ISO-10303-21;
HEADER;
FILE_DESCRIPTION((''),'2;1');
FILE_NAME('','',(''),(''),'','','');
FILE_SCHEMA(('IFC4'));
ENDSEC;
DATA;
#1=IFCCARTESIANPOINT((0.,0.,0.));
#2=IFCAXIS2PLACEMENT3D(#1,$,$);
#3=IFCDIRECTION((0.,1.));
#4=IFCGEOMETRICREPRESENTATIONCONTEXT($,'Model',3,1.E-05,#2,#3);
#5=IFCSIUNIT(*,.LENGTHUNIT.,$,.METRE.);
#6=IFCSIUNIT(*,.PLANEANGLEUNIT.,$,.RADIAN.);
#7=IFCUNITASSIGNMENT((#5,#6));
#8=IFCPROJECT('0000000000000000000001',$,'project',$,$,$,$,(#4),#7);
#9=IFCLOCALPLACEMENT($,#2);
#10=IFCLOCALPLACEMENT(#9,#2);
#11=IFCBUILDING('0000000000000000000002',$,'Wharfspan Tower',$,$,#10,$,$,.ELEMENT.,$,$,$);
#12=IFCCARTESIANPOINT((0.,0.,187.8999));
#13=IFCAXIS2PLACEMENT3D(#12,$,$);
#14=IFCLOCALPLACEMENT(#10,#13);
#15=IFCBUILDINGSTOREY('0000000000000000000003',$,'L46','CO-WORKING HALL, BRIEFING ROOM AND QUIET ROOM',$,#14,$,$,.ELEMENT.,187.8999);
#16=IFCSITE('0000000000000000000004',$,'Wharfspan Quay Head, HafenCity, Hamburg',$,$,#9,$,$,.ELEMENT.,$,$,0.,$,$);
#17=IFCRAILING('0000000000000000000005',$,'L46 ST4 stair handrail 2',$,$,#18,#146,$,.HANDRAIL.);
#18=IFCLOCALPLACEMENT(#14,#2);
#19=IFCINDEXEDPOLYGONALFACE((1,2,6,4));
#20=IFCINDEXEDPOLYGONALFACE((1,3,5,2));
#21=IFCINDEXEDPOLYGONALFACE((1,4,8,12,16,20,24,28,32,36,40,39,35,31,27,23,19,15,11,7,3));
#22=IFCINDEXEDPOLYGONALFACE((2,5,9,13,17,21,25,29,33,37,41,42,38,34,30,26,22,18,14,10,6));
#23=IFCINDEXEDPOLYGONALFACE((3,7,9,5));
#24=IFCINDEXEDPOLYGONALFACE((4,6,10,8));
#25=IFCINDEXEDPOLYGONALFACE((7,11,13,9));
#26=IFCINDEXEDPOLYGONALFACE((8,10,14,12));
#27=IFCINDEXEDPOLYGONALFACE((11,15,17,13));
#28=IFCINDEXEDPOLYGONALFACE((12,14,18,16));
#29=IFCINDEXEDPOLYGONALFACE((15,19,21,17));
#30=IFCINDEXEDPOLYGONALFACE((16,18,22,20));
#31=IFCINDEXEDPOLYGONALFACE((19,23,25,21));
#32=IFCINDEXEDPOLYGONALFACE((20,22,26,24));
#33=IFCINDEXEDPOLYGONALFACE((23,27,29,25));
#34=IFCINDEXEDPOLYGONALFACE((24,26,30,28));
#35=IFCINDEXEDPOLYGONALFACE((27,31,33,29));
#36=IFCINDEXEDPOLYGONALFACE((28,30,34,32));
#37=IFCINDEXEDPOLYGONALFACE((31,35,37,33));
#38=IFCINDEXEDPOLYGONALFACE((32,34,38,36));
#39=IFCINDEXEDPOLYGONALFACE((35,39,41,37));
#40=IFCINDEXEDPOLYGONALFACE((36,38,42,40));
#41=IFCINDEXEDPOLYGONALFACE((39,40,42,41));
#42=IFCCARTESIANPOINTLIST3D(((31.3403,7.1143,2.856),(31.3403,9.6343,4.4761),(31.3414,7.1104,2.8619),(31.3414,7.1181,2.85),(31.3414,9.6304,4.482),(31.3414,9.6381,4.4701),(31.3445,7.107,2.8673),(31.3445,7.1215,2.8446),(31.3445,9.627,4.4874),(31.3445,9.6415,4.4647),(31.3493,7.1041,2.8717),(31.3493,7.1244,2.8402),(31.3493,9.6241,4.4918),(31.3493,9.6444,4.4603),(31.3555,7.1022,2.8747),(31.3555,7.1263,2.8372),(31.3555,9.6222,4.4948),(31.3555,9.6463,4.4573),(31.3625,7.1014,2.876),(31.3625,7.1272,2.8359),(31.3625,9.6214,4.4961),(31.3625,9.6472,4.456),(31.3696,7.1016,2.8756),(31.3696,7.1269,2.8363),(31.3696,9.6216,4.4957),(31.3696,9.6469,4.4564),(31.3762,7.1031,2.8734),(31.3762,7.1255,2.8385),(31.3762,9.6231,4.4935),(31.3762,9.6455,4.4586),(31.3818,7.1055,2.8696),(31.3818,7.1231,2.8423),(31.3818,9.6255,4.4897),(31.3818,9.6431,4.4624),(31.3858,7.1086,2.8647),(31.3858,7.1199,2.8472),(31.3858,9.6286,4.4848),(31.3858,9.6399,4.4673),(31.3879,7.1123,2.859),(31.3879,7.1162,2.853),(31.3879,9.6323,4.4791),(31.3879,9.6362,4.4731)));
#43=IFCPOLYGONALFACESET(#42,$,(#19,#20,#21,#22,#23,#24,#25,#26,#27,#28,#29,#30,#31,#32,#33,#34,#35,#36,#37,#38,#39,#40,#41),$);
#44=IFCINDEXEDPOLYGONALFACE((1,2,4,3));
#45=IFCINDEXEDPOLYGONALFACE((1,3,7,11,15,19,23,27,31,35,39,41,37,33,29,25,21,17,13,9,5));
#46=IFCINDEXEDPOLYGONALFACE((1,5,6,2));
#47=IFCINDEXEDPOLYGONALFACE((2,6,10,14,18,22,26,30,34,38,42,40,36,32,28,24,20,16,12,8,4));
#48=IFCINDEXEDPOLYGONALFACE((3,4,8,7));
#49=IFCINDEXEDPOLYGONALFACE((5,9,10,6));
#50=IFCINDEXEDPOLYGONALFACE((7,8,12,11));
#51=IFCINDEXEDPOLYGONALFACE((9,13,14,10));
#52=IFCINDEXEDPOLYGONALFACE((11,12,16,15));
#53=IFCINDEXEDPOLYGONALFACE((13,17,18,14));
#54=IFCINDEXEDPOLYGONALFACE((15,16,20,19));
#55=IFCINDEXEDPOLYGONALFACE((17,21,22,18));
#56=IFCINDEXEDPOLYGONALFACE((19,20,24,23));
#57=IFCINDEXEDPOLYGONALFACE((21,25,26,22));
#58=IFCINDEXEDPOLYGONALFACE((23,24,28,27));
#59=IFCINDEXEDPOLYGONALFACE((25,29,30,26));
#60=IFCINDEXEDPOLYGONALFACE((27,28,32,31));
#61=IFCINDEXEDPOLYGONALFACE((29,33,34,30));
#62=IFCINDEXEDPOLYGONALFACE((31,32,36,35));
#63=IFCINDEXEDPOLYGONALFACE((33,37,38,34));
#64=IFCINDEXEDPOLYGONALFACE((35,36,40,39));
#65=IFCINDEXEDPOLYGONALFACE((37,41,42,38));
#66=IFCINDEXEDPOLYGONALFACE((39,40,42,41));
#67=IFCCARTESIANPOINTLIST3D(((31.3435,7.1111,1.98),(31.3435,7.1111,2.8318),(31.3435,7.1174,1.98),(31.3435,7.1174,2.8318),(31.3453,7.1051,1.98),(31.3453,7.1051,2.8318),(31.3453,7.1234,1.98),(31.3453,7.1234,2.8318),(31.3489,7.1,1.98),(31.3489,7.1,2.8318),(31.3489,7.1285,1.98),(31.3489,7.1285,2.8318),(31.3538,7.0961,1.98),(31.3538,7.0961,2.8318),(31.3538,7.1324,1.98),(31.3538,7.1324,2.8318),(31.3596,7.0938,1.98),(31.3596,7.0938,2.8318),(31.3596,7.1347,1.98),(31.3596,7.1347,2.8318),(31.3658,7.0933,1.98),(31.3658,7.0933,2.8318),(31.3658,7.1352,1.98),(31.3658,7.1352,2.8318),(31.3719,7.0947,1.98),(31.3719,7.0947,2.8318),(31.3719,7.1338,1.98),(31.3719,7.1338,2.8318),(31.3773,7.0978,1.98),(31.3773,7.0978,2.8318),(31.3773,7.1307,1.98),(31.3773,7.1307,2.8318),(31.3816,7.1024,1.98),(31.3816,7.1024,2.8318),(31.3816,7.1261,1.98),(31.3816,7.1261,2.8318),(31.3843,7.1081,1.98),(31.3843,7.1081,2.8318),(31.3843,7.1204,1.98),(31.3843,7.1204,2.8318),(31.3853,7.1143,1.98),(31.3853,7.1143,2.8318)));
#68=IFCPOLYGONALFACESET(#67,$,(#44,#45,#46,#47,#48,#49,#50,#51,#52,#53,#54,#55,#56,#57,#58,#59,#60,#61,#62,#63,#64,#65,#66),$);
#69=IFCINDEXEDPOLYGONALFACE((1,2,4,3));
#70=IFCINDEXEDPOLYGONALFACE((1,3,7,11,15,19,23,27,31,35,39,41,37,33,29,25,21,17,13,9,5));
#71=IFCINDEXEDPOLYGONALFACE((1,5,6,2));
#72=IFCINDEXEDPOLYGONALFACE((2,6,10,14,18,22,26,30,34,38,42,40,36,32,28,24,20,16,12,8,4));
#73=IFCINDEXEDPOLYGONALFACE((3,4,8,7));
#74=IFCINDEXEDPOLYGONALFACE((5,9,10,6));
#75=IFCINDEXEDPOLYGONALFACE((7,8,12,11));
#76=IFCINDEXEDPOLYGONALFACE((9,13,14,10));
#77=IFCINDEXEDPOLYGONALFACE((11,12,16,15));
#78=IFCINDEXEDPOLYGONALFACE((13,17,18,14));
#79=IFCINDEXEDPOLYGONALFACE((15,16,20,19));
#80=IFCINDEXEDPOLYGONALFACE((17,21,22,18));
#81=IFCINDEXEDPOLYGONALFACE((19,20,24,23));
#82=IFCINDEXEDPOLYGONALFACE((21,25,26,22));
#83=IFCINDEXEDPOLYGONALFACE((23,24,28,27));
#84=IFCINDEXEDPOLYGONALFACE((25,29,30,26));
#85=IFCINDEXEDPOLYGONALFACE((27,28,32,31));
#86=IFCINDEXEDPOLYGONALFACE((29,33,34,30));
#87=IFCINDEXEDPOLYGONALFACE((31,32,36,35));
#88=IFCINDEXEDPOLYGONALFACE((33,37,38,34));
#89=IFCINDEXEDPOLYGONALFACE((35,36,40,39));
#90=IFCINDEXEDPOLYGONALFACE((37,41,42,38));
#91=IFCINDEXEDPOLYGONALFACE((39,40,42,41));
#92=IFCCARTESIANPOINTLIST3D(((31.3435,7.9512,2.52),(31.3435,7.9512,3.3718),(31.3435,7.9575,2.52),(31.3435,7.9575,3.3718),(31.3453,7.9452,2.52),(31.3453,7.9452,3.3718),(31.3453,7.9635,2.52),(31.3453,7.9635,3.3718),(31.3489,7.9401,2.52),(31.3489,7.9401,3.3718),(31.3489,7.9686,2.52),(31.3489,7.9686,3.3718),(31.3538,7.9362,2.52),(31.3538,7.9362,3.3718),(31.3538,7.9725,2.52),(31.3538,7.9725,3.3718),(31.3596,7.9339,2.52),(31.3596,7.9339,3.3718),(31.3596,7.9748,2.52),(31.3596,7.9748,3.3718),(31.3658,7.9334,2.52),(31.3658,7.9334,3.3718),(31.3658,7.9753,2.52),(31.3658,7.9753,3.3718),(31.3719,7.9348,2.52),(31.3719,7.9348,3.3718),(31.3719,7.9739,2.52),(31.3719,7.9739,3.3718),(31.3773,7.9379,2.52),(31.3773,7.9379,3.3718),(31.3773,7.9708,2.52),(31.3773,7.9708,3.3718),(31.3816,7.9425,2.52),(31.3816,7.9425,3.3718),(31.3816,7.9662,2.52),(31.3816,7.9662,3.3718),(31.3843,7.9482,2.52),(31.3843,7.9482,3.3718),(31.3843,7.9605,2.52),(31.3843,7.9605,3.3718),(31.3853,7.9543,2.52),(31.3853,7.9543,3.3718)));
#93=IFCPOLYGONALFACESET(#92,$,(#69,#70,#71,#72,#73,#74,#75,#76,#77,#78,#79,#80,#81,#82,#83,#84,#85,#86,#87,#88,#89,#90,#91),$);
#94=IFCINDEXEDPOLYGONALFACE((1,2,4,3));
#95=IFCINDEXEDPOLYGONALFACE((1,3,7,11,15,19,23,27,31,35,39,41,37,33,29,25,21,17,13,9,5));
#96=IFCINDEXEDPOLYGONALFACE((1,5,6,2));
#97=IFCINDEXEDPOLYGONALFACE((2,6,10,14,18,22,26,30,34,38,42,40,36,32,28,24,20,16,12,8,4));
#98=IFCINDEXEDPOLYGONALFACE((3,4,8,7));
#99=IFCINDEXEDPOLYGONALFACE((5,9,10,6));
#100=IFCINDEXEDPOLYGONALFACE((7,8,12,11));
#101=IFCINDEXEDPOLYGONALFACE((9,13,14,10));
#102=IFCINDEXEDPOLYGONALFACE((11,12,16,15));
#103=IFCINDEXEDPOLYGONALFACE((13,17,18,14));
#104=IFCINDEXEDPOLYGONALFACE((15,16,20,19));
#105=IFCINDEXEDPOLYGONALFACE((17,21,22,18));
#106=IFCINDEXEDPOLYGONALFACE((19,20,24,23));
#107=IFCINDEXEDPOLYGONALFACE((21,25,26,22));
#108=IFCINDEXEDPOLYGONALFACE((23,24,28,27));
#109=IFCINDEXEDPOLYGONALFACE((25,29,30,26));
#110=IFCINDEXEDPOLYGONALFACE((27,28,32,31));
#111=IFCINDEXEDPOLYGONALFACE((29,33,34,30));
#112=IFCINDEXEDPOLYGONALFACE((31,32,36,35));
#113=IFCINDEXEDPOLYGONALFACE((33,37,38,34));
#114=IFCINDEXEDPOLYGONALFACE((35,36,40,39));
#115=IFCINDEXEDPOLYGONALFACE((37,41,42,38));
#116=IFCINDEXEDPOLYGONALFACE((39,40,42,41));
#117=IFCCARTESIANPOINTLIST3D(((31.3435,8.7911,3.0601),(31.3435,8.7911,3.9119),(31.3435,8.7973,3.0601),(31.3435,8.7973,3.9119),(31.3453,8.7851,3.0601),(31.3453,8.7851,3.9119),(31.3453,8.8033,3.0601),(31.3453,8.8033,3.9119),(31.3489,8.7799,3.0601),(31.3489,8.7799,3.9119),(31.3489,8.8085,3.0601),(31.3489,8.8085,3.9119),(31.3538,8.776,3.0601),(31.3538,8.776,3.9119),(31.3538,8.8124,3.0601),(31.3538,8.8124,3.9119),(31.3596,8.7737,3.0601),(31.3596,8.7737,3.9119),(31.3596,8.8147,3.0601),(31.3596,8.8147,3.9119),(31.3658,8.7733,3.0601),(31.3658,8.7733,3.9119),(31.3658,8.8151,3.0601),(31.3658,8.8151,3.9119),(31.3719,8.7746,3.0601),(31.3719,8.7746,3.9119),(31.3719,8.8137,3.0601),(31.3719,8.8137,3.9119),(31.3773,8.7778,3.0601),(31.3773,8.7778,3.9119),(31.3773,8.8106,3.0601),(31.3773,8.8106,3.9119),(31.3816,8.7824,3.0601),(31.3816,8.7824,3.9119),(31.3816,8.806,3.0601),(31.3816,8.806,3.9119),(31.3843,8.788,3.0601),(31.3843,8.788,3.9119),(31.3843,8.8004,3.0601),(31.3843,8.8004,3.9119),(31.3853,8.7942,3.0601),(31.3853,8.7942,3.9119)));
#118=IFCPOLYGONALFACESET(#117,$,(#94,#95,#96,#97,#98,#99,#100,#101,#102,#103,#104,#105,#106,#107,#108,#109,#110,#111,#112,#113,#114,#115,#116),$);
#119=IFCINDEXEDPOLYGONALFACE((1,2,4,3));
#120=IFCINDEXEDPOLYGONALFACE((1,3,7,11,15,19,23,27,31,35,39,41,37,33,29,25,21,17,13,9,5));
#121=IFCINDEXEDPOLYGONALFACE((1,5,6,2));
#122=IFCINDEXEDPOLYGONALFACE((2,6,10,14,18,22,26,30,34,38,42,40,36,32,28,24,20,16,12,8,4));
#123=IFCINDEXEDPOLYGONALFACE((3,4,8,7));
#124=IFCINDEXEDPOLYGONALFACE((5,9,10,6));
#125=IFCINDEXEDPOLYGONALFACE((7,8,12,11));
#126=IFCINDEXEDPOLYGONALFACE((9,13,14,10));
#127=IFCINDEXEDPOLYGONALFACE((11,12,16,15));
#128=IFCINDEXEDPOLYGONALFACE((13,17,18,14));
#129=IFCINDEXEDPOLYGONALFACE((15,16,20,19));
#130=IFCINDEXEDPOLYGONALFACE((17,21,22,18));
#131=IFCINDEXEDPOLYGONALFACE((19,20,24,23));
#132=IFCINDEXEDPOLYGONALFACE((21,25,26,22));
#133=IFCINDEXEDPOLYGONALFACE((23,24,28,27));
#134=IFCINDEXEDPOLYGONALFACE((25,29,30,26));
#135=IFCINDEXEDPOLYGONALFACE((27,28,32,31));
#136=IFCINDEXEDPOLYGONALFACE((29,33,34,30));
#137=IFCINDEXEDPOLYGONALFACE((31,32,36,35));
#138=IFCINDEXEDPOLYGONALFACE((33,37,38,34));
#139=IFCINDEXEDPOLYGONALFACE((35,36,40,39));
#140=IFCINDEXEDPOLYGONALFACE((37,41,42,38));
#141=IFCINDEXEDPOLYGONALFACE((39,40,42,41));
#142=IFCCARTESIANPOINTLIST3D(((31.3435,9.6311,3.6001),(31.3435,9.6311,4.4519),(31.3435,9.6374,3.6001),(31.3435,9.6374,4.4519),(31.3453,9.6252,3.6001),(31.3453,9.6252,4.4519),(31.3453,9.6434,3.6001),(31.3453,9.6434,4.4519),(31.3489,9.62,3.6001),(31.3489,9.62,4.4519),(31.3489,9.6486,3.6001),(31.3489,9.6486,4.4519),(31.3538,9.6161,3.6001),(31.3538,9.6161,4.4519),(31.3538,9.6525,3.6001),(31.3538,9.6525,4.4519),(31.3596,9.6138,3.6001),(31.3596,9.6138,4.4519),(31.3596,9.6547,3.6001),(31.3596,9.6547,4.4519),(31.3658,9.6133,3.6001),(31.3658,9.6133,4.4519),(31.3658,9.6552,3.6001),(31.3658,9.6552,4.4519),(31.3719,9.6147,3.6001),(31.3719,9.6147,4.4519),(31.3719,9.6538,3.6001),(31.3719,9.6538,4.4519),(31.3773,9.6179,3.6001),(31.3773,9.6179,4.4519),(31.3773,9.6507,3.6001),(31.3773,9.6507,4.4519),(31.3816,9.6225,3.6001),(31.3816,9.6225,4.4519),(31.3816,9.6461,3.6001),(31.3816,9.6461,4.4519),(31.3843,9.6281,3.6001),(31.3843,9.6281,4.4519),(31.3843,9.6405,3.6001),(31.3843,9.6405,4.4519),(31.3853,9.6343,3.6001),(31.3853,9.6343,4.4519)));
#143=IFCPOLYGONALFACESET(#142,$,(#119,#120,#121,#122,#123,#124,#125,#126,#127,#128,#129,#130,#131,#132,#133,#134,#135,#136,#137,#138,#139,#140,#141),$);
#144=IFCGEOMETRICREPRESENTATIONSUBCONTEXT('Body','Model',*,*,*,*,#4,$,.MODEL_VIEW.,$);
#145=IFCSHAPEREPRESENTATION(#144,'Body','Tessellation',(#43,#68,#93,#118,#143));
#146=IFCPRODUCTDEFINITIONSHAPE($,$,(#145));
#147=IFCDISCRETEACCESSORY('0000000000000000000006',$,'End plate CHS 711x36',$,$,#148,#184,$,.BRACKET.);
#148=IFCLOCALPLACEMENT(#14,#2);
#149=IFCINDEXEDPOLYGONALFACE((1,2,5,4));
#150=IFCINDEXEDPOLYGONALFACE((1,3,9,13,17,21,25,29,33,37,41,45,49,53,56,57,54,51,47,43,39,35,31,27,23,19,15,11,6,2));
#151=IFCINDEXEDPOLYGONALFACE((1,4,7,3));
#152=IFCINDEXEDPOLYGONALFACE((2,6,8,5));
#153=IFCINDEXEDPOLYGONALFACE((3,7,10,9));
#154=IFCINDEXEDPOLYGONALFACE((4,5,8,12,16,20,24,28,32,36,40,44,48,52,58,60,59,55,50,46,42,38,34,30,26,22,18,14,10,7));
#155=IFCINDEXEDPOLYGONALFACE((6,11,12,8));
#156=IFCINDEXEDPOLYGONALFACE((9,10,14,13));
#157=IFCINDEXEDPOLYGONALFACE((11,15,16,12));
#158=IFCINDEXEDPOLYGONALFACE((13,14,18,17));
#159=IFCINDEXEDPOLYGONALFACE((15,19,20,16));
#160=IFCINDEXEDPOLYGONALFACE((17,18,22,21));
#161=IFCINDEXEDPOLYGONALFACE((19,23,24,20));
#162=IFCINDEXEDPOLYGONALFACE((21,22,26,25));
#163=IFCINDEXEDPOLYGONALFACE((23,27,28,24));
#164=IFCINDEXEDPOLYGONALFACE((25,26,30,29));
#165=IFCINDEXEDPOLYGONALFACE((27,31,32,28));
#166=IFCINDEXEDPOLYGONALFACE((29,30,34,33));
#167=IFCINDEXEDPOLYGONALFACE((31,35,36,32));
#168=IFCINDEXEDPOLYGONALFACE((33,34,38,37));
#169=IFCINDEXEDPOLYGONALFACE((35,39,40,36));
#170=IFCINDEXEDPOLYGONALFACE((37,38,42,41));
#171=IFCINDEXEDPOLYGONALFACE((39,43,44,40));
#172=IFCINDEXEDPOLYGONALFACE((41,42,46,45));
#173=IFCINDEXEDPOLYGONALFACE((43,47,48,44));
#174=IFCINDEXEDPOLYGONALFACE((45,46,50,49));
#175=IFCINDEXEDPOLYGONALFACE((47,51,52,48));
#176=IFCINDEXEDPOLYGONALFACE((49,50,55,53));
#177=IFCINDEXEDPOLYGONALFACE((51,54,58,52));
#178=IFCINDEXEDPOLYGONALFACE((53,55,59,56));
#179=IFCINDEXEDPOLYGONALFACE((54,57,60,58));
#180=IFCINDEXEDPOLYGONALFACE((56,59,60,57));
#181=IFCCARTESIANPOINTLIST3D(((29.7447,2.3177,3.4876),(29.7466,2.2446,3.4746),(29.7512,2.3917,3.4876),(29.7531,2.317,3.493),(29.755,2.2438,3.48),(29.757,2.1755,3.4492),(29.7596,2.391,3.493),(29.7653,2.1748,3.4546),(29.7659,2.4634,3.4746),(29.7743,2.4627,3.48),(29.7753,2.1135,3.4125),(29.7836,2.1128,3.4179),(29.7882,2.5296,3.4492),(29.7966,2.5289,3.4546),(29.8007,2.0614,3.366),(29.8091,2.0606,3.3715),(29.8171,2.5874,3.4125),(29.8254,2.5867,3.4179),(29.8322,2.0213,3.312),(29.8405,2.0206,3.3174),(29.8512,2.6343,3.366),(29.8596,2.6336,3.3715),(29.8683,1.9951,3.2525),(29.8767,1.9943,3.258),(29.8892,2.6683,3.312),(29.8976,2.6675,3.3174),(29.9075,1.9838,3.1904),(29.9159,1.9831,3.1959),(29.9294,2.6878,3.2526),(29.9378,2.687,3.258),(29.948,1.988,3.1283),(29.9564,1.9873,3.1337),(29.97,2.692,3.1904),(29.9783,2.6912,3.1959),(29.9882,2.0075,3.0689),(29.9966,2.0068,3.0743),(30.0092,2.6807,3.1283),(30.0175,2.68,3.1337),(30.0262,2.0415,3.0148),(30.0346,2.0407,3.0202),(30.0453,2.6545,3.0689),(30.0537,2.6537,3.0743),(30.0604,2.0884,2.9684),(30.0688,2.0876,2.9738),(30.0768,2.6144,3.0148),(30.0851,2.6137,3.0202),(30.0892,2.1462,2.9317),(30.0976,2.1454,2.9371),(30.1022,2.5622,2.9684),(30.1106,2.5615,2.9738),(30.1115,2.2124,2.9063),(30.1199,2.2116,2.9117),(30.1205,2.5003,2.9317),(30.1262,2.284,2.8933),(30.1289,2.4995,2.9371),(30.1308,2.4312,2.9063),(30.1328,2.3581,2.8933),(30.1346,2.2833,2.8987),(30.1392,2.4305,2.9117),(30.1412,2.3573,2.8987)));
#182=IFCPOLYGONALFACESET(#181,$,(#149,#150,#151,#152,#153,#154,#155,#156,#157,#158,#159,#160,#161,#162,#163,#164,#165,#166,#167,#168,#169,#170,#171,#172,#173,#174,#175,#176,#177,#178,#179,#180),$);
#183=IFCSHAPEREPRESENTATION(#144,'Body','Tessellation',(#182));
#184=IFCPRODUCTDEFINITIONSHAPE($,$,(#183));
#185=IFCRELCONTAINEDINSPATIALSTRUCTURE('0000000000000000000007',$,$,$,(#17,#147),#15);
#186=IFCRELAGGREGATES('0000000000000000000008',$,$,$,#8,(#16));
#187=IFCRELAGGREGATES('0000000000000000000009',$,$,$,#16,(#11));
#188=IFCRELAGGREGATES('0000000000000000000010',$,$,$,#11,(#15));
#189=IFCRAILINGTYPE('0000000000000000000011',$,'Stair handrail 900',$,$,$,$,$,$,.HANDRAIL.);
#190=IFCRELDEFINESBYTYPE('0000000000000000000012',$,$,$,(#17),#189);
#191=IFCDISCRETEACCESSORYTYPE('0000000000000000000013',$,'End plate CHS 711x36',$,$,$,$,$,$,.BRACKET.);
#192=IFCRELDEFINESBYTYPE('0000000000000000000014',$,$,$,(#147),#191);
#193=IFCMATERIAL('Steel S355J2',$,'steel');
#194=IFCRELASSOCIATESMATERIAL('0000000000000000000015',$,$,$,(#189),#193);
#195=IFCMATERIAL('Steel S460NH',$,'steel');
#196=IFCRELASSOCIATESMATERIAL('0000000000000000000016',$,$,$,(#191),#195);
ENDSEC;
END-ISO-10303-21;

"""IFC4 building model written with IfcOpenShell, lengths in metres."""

from ifc_helpers import new_model, si_unit, direction, frame, origin, origin_2d, place, context, subcontext, project, spatial, circle, extrude, material, material_profile, profile_set, type_object, element, save


model = new_model("IFC4")

# Units and contexts
model_context = context("Model", 3, precision=1e-05, world=origin(), true_north=direction((0.0, 1.0)))
body_context = subcontext(model_context, "Body", "Model", "MODEL_VIEW")
ifc_project = project(units=[si_unit("LENGTHUNIT", "METRE"), si_unit("PLANEANGLEUNIT", "RADIAN")], contexts=[model_context])

# Site, building, storey
site_placement = place(None, origin())
site = spatial("IfcSite", under=ifc_project, at=site_placement, Name="Wharfspan Quay Head, HafenCity, Hamburg", CompositionType="ELEMENT", RefElevation=0.0)
building_placement = place(site_placement, origin())
building = spatial("IfcBuilding", under=site, at=building_placement, Name="Wharfspan Tower", CompositionType="ELEMENT")
storey_placement = place(building_placement, frame((0.0, 0.0, 187.8999)))
storey = spatial("IfcBuildingStorey", under=building, at=storey_placement, Name="L46", Description="CO-WORKING HALL, BRIEFING ROOM AND QUIET ROOM", CompositionType="ELEMENT", Elevation=187.8999)

# Shared definitions
ifc_material_1 = material(Name="Steel S355J2", Category="steel")

# Shared definitions
ifc_material_2 = material(Name="Steel S460NH", Category="steel")

# Railing
railing_type_1 = type_object("IfcRailingType", Name="Stair handrail 900", PredefinedType="HANDRAIL", material=ifc_material_1)
railing_1_placement = place(storey_placement, frame((31.3643, 7.1143, 1.98)))
element("IfcRailing", 1, at=railing_1_placement, inside=storey, type_object=railing_type_1, Name="L46 ST4 stair handrail 2", PredefinedType="HANDRAIL", context=body_context, shape_type="SweptSolid", body=[
    extrude(circle(Radius=0.0239, at=origin_2d()), frame((0.0, 0.0, 0.876), z_axis=(0.0, 0.841163, 0.540782), x_axis=(-1.0, 0.0, 0.0)), (0.0, 0.0, 1.0), 2.9958),
    extrude(circle(Radius=0.021, at=origin_2d()), origin(), (0.0, 0.0, 1.0), 0.8518),
    extrude(circle(Radius=0.021, at=origin_2d()), frame((0.0, 0.8401, 0.54)), (0.0, 0.0, 1.0), 0.8518),
    extrude(circle(Radius=0.021, at=origin_2d()), frame((0.0, 1.6799, 1.0801)), (0.0, 0.0, 1.0), 0.8518),
    extrude(circle(Radius=0.021, at=origin_2d()), frame((0.0, 2.52, 1.6201)), (0.0, 0.0, 1.0), 0.8518),
])

# Discrete accessory
ifc_material_profile_1 = material_profile(ifc_material_2, circle(Radius=0.3555, at=origin_2d()))
ifc_profile_set_1 = profile_set([ifc_material_profile_1], Name="Steel S460NH")
discrete_accessory_type = type_object("IfcDiscreteAccessoryType", Name="End plate CHS 711x36", PredefinedType="BRACKET", material=ifc_profile_set_1)
discrete_accessory_1_placement = place(storey_placement, frame((29.9387, 2.3379, 3.1904), z_axis=(0.837276, -0.073877, 0.541767), x_axis=(0.087893, 0.996132, 0.000001)))
element("IfcDiscreteAccessory", 2, at=discrete_accessory_1_placement, inside=storey, type_object=discrete_accessory_type, Name="End plate CHS 711x36", PredefinedType="BRACKET", context=body_context, shape_type="SweptSolid", body=[
    extrude(circle(Radius=0.3555, at=origin_2d()), origin(), (0.0, 0.0, 1.0), 0.01),
])

save(model, "model.ifc")
